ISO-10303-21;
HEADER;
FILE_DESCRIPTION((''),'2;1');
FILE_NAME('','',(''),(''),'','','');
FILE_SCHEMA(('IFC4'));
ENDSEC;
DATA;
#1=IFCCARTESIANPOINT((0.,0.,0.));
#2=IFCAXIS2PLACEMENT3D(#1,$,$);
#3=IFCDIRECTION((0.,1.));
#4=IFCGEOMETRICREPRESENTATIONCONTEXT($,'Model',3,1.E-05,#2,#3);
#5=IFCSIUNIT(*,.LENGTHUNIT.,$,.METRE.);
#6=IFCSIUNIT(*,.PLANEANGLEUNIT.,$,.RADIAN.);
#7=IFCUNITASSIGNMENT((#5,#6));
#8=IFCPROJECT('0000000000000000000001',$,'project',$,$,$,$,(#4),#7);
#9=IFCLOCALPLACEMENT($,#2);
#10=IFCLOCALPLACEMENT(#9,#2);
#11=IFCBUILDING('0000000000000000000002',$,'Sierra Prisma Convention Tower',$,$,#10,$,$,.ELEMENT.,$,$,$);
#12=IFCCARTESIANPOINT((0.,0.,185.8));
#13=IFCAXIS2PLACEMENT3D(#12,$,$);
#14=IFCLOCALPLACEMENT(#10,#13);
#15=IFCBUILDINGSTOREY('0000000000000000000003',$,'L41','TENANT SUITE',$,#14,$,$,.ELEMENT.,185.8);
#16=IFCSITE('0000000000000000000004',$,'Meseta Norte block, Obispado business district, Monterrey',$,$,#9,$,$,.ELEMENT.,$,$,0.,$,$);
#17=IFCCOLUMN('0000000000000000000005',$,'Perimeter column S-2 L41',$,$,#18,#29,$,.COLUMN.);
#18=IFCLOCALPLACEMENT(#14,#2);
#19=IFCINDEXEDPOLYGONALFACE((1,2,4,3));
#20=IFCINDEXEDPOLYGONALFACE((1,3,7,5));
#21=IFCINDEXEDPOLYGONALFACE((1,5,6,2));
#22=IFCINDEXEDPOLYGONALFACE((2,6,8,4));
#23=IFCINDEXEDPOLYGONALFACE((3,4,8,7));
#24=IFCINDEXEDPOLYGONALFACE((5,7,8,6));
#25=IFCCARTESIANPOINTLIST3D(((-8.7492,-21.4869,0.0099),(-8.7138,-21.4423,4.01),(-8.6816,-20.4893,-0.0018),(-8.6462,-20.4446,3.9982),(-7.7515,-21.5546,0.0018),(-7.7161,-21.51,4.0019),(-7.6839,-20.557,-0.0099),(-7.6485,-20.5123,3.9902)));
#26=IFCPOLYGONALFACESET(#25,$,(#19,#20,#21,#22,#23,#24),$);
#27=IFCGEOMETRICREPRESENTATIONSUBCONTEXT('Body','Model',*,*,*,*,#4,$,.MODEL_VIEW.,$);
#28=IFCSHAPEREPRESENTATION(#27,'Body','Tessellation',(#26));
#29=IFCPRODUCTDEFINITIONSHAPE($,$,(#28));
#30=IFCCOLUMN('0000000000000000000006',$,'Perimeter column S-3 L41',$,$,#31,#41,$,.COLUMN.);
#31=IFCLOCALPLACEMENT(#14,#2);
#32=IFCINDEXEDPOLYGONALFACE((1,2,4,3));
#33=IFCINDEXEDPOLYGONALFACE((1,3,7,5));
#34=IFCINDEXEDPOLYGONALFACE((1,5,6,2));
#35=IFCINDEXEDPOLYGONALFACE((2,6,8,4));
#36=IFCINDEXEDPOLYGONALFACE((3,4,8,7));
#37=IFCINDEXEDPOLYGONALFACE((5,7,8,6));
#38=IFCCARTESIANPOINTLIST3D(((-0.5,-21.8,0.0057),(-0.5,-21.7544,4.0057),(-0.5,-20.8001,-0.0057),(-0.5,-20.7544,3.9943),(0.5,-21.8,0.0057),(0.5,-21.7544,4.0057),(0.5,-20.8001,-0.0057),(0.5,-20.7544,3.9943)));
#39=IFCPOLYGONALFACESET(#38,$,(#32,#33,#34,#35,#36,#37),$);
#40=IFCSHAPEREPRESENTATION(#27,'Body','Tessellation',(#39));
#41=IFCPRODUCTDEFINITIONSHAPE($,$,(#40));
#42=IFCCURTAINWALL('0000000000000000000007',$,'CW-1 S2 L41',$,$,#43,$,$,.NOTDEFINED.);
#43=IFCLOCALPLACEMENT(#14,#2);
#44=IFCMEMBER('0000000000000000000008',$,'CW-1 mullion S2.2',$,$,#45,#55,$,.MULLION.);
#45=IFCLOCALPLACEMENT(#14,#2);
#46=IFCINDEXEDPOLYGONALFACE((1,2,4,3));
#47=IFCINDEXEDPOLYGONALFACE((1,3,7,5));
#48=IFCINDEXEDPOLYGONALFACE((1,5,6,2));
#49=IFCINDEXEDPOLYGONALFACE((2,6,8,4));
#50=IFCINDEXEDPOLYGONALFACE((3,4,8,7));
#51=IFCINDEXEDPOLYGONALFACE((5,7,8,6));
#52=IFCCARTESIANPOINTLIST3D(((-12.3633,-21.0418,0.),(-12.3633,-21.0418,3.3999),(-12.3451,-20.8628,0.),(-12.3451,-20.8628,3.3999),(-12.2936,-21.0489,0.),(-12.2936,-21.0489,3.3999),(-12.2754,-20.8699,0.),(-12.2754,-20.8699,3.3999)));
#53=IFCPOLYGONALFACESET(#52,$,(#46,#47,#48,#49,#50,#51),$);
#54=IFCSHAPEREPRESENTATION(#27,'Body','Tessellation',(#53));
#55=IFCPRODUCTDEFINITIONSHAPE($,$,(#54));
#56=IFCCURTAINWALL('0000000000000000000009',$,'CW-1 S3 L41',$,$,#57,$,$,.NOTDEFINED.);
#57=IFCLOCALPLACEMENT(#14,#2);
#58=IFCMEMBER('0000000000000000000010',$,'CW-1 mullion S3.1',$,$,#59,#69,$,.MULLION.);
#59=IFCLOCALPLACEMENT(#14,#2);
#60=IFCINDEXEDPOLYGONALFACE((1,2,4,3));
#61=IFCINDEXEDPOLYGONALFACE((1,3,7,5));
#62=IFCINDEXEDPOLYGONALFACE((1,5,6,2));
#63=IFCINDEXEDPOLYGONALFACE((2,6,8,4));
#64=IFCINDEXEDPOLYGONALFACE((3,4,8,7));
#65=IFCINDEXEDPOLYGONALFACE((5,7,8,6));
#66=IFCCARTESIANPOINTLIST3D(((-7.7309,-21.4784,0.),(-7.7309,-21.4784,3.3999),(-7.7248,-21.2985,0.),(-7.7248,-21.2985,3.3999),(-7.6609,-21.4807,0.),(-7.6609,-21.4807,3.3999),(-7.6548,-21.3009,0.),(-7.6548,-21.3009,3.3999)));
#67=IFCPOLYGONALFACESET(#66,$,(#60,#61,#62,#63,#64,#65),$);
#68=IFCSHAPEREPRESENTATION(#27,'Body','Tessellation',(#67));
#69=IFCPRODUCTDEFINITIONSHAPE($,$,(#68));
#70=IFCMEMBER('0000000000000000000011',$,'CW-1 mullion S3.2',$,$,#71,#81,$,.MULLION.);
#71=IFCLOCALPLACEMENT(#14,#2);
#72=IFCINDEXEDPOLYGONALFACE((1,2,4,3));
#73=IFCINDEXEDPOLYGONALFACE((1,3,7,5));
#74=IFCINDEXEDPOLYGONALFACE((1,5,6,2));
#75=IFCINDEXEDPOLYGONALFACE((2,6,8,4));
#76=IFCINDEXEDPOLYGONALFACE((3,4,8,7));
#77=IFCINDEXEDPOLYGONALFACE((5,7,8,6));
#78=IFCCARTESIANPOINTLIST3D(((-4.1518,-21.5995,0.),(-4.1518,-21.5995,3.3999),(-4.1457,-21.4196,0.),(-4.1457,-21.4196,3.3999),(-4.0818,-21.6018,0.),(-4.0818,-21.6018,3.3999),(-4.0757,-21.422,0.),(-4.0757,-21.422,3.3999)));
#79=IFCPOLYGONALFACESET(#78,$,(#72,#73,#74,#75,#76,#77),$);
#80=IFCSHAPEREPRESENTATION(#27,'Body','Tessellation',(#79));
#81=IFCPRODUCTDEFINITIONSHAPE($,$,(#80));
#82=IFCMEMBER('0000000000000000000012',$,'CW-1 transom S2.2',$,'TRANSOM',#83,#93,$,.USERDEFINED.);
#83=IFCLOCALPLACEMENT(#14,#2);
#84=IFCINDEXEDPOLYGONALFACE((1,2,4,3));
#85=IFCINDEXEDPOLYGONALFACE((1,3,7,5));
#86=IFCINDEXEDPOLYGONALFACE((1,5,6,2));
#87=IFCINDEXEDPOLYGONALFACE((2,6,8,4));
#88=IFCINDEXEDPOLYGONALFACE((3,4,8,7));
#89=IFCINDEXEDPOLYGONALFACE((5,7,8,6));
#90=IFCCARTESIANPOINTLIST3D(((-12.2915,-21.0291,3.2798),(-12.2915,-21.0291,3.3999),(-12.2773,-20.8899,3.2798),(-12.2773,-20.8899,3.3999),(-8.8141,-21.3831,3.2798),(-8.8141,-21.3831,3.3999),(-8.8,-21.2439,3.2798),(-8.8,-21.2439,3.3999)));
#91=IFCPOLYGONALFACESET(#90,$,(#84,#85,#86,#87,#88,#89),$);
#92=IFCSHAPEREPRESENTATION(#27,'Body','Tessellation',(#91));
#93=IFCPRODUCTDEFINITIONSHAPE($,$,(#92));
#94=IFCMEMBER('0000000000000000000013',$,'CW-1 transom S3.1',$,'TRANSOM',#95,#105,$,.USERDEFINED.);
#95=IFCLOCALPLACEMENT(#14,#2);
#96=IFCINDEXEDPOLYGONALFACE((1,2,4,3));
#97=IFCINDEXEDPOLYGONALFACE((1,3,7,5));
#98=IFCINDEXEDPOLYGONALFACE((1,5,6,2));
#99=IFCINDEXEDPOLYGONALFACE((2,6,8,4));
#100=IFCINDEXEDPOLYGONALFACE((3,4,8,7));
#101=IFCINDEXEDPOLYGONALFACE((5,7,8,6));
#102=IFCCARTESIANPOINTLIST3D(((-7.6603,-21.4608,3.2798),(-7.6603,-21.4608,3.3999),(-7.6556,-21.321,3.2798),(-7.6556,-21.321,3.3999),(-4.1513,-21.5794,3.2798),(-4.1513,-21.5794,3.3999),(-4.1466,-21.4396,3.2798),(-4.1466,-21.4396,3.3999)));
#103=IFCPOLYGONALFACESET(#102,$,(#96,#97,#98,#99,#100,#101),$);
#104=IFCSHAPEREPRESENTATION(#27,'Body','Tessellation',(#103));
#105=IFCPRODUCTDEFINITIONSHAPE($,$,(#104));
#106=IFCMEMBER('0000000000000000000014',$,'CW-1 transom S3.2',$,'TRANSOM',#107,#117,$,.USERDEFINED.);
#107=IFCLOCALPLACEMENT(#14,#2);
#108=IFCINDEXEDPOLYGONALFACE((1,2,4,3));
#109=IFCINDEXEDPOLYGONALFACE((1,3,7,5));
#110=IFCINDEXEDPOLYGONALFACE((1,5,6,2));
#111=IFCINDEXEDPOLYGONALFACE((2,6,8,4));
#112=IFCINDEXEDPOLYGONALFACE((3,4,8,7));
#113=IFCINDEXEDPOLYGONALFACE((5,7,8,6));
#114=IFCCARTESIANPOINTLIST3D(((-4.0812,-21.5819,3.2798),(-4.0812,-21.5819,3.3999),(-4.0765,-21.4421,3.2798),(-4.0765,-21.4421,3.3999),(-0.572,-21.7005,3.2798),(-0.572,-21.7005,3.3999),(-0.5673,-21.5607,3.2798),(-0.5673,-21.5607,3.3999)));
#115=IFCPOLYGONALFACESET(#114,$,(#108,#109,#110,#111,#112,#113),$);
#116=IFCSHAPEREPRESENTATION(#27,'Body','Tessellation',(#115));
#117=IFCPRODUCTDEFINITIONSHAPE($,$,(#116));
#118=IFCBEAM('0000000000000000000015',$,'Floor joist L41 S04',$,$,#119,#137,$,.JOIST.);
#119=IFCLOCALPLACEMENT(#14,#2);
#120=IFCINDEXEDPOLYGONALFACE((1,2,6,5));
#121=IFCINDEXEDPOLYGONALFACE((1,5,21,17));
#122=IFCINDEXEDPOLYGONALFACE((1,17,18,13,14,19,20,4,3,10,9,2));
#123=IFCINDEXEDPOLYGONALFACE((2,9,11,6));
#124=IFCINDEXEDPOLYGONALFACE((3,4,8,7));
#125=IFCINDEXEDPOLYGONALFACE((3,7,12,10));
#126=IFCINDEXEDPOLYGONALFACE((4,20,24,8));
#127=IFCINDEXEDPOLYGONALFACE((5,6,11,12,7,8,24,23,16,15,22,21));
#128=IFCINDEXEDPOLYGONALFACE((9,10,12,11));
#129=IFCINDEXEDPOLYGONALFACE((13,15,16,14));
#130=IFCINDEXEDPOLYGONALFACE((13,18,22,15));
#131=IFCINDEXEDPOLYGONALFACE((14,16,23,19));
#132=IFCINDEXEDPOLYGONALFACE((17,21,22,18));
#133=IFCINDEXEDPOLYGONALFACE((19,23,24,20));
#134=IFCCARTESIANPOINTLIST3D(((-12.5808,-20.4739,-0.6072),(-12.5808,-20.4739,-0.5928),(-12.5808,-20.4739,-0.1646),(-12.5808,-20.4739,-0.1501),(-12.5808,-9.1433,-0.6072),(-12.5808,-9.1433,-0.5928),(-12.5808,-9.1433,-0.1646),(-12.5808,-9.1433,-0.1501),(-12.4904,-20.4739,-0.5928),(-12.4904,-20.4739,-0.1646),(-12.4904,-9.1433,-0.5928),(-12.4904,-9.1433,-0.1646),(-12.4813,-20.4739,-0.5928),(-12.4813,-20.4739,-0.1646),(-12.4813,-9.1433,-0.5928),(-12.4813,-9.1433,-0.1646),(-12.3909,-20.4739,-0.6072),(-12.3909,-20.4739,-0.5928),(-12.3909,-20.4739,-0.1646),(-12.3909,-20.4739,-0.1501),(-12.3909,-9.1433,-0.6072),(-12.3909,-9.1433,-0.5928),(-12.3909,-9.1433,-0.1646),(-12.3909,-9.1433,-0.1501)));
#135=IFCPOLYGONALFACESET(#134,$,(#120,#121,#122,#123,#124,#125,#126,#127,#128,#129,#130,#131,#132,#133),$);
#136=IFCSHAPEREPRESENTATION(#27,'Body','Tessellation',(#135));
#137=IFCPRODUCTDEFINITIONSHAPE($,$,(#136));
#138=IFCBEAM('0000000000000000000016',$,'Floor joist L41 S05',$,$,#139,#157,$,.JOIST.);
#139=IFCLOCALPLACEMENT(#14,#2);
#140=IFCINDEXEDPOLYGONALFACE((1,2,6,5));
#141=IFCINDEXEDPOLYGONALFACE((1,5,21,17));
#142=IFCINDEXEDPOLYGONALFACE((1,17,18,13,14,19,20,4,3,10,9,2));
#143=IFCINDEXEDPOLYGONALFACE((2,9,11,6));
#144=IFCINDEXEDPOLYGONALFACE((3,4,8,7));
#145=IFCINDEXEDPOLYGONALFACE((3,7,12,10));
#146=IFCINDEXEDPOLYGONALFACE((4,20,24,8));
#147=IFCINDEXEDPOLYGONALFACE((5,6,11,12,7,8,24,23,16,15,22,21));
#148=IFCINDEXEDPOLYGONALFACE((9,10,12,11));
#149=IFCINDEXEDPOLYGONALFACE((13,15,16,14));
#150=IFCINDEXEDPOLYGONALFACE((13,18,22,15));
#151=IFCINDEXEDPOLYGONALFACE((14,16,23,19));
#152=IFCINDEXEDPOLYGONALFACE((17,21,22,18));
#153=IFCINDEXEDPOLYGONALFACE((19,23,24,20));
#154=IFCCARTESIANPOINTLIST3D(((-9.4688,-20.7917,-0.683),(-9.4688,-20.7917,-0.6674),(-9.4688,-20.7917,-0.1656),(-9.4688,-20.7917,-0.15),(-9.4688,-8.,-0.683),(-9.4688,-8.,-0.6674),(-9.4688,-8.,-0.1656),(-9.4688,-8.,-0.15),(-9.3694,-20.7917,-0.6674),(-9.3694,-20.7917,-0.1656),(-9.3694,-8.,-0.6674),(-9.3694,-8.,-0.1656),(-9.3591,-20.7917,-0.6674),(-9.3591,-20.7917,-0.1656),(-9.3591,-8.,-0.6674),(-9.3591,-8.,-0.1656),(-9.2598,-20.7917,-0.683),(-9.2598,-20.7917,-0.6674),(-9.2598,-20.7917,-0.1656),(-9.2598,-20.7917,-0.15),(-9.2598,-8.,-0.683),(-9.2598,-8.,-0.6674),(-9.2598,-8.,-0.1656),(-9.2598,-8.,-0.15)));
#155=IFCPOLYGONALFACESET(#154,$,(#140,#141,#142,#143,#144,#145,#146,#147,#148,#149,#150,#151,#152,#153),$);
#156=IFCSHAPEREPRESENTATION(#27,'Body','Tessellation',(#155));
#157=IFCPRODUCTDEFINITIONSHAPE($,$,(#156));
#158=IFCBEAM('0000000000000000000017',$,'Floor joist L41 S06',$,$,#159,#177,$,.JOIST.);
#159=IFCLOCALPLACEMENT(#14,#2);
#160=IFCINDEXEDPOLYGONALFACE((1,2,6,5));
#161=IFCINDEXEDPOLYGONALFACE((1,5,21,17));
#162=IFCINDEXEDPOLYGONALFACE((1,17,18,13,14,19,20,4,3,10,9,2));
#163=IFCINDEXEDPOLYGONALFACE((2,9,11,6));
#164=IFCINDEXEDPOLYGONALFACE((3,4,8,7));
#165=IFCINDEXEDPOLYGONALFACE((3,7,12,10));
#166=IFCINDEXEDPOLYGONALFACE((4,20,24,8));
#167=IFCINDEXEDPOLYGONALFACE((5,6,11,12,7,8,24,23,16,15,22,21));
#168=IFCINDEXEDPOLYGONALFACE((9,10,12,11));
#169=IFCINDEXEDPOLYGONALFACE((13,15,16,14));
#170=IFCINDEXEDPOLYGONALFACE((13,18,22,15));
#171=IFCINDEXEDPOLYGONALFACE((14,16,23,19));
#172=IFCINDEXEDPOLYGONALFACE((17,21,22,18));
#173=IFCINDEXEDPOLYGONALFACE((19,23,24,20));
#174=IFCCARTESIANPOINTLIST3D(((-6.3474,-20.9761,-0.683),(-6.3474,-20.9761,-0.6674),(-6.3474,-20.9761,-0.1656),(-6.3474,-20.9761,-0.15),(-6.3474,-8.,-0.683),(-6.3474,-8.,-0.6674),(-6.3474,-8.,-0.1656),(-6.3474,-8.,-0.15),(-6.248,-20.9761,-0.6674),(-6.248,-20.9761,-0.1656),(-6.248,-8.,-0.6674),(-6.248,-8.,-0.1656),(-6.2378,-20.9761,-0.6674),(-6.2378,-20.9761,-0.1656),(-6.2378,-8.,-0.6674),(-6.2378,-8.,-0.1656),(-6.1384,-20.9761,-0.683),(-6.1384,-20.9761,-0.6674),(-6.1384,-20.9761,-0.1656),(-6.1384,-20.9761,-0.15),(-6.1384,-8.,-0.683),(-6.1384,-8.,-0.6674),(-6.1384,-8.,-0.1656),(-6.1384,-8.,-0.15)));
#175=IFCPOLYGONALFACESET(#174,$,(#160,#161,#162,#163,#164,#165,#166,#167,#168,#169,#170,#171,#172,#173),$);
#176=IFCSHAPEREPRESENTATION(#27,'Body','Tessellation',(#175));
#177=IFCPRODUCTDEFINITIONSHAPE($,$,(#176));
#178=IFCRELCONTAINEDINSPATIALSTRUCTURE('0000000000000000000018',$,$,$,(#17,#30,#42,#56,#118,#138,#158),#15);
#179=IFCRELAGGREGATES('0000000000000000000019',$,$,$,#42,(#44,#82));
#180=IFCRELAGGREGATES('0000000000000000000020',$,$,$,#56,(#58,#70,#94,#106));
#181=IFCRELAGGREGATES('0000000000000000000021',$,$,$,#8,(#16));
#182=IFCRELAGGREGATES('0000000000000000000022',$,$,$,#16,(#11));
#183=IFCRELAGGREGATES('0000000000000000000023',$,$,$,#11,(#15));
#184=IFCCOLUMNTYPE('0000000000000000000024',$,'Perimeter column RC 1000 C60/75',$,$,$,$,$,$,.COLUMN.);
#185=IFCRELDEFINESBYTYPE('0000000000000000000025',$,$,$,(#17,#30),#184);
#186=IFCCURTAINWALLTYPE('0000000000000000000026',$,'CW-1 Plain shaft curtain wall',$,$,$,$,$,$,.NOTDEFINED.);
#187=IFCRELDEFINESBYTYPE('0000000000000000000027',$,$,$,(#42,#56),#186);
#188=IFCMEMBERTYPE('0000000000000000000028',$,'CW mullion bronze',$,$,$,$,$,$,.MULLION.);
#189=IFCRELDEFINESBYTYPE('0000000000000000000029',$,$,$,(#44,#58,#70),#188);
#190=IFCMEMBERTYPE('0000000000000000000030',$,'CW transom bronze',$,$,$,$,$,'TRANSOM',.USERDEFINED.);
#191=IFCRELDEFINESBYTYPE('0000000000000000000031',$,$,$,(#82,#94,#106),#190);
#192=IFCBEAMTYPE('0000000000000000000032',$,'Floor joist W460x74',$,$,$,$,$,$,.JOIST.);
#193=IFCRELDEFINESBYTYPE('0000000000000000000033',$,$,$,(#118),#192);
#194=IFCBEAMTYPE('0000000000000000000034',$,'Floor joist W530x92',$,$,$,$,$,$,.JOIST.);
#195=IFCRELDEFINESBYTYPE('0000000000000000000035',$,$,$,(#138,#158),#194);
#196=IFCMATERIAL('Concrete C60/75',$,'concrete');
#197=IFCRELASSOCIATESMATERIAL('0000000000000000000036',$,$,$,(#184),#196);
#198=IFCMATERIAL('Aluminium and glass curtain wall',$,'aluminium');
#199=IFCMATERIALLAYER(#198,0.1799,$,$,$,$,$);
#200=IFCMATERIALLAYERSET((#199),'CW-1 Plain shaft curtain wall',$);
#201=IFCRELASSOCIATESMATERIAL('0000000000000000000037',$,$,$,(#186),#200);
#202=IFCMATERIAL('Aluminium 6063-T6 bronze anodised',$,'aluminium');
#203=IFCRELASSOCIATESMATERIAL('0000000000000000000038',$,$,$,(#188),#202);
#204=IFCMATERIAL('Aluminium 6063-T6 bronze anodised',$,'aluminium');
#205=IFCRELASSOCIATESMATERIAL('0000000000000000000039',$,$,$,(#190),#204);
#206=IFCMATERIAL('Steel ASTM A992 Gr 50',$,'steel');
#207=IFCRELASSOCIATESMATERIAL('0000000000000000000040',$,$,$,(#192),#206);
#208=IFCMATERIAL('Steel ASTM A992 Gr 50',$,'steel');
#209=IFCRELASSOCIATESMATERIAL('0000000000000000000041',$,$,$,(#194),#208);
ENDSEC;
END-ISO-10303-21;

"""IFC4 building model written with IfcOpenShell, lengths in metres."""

from ifc_helpers import new_model, si_unit, direction, frame, origin, origin_2d, place, context, subcontext, project, spatial, rectangle, i_section, extrude, material, layer, layer_set, material_profile, profile_set, type_object, element, aggregate, save


model = new_model("IFC4")

# Units and contexts
model_context = context("Model", 3, precision=1e-05, world=origin(), true_north=direction((0.0, 1.0)))
body_context = subcontext(model_context, "Body", "Model", "MODEL_VIEW")
ifc_project = project(units=[si_unit("LENGTHUNIT", "METRE"), si_unit("PLANEANGLEUNIT", "RADIAN")], contexts=[model_context])

# Site, building, storey
site_placement = place(None, origin())
site = spatial("IfcSite", under=ifc_project, at=site_placement, Name="Meseta Norte block, Obispado business district, Monterrey", CompositionType="ELEMENT", RefElevation=0.0)
building_placement = place(site_placement, origin())
building = spatial("IfcBuilding", under=site, at=building_placement, Name="Sierra Prisma Convention Tower", CompositionType="ELEMENT")
storey_placement = place(building_placement, frame((0.0, 0.0, 185.8)))
storey = spatial("IfcBuildingStorey", under=building, at=storey_placement, Name="L41", Description="TENANT SUITE", CompositionType="ELEMENT", Elevation=185.8)

# Columns
ifc_material_1 = material(Name="Concrete C60/75", Category="concrete")
ifc_material_profile_1 = material_profile(ifc_material_1, rectangle(XDim=1.0, YDim=1.0, at=origin_2d()), Name="Perimeter column RC 1000 C60/75")
ifc_profile_set_1 = profile_set([ifc_material_profile_1], Name="Concrete C60/75")
column_type = type_object("IfcColumnType", Name="Perimeter column RC 1000 C60/75", PredefinedType="COLUMN", material=ifc_profile_set_1)
column_1_placement = place(storey_placement, frame((-8.2166, -21.022, 0.0), z_axis=(0.008849, 0.011168, 0.999898), x_axis=(-0.997674, 0.06769, 0.008073)))
element("IfcColumn", 1, at=column_1_placement, inside=storey, type_object=column_type, Name="Perimeter column S-2 L41", PredefinedType="COLUMN", context=body_context, shape_type="SweptSolid", body=[
    extrude(rectangle(XDim=1.0, YDim=1.0, at=origin_2d()), origin(), (0.0, 0.0, 1.0), 4.0005),
])
column_2_placement = place(storey_placement, frame((0.0, -21.3, 0.0), z_axis=(0.0, 0.011413, 0.999935), x_axis=(1.0, 0.0, 0.0)))
element("IfcColumn", 2, at=column_2_placement, inside=storey, type_object=column_type, Name="Perimeter column S-3 L41", PredefinedType="COLUMN", context=body_context, shape_type="SweptSolid", body=[
    extrude(rectangle(XDim=1.0, YDim=1.0, at=origin_2d()), origin(), (0.0, 0.0, 1.0), 4.0002),
])

# Curtain wall, member
ifc_material_2 = material(Name="Aluminium and glass curtain wall", Category="aluminium")
ifc_layer_1 = layer(ifc_material_2, 0.1799)
ifc_layer_set_1 = layer_set([ifc_layer_1], Name="CW-1 Plain shaft curtain wall")
curtain_wall_type = type_object("IfcCurtainWallType", Name="CW-1 Plain shaft curtain wall", PredefinedType="NOTDEFINED", material=ifc_layer_set_1)
curtain_wall_1_placement = place(storey_placement, origin())
curtain_wall_1 = element("IfcCurtainWall", 3, at=curtain_wall_1_placement, inside=storey, type_object=curtain_wall_type, Name="CW-1 S2 L41", PredefinedType="NOTDEFINED")
ifc_material_3 = material(Name="Aluminium 6063-T6 bronze anodised", Category="aluminium")
ifc_material_profile_2 = material_profile(ifc_material_3, rectangle(XDim=0.1799, YDim=0.0701, at=origin_2d()), Name="ALU MULLION 70x180")
ifc_profile_set_2 = profile_set([ifc_material_profile_2], Name="Aluminium 6063-T6 bronze anodised")
member_type_1 = type_object("IfcMemberType", Name="CW mullion bronze", PredefinedType="MULLION", material=ifc_profile_set_2)
member_1_placement = place(storey_placement, frame((-12.3193, -20.9558, 0.0), z_axis=(0.0, 0.0, 1.0), x_axis=(0.101297, 0.994856, 0.0)))
member_1 = element("IfcMember", 4, at=member_1_placement, type_object=member_type_1, Name="CW-1 mullion S2.2", PredefinedType="MULLION", context=body_context, shape_type="SweptSolid", body=[
    extrude(rectangle(XDim=0.1799, YDim=0.0701, at=origin_2d()), origin(), (0.0, 0.0, 1.0), 3.3999),
])

# Curtain wall, members
curtain_wall_2_placement = place(storey_placement, origin())
curtain_wall_2 = element("IfcCurtainWall", 5, at=curtain_wall_2_placement, inside=storey, type_object=curtain_wall_type, Name="CW-1 S3 L41", PredefinedType="NOTDEFINED")
member_2_placement = place(storey_placement, frame((-7.6929, -21.3896, 0.0), z_axis=(0.0, 0.0, 1.0), x_axis=(0.033817, 0.999428, 0.0)))
member_2 = element("IfcMember", 6, at=member_2_placement, type_object=member_type_1, Name="CW-1 mullion S3.1", PredefinedType="MULLION", context=body_context, shape_type="SweptSolid", body=[
    extrude(rectangle(XDim=0.1799, YDim=0.0701, at=origin_2d()), origin(), (0.0, 0.0, 1.0), 3.3999),
])
member_3_placement = place(storey_placement, frame((-4.1138, -21.5107, 0.0), z_axis=(0.0, 0.0, 1.0), x_axis=(0.033817, 0.999428, 0.0)))
member_3 = element("IfcMember", 7, at=member_3_placement, type_object=member_type_1, Name="CW-1 mullion S3.2", PredefinedType="MULLION", context=body_context, shape_type="SweptSolid", body=[
    extrude(rectangle(XDim=0.1799, YDim=0.0701, at=origin_2d()), origin(), (0.0, 0.0, 1.0), 3.3999),
])

# Members
ifc_material_4 = material(Name="Aluminium 6063-T6 bronze anodised", Category="aluminium")
ifc_material_profile_3 = material_profile(ifc_material_4, rectangle(XDim=0.1399, YDim=0.1201, at=origin_2d()), Name="ALU TRANSOM 120x140")
ifc_profile_set_3 = profile_set([ifc_material_profile_3], Name="Aluminium 6063-T6 bronze anodised")
member_type_2 = type_object("IfcMemberType", Name="CW transom bronze", ElementType="TRANSOM", PredefinedType="USERDEFINED", material=ifc_profile_set_3)
member_4_placement = place(storey_placement, frame((-12.2844, -20.9595, 3.3398), z_axis=(0.994858, -0.101281, 0.0), x_axis=(0.101281, 0.994858, 0.0)))
member_4 = element("IfcMember", 8, at=member_4_placement, type_object=member_type_2, Name="CW-1 transom S2.2", ObjectType="TRANSOM", PredefinedType="USERDEFINED", context=body_context, shape_type="SweptSolid", body=[
    extrude(rectangle(XDim=0.1399, YDim=0.1201, at=origin_2d()), origin(), (0.0, 0.0, 1.0), 3.4954),
])
member_5_placement = place(storey_placement, frame((-7.658, -21.3909, 3.3398), z_axis=(0.999429, -0.033794, 0.0), x_axis=(0.033794, 0.999429, 0.0)))
member_5 = element("IfcMember", 9, at=member_5_placement, type_object=member_type_2, Name="CW-1 transom S3.1", ObjectType="TRANSOM", PredefinedType="USERDEFINED", context=body_context, shape_type="SweptSolid", body=[
    extrude(rectangle(XDim=0.1399, YDim=0.1201, at=origin_2d()), origin(), (0.0, 0.0, 1.0), 3.511),
])
member_6_placement = place(storey_placement, frame((-4.0789, -21.512, 3.3398), z_axis=(0.999429, -0.033792, 0.0), x_axis=(0.033792, 0.999429, 0.0)))
member_6 = element("IfcMember", 10, at=member_6_placement, type_object=member_type_2, Name="CW-1 transom S3.2", ObjectType="TRANSOM", PredefinedType="USERDEFINED", context=body_context, shape_type="SweptSolid", body=[
    extrude(rectangle(XDim=0.1399, YDim=0.1201, at=origin_2d()), origin(), (0.0, 0.0, 1.0), 3.5112),
])

# Beams
ifc_material_5 = material(Name="Steel ASTM A992 Gr 50", Category="steel")
ifc_material_profile_4 = material_profile(ifc_material_5, i_section(OverallWidth=0.1899, OverallDepth=0.457, WebThickness=0.009, FlangeThickness=0.0144, at=origin_2d()), Name="W460x74")
ifc_profile_set_4 = profile_set([ifc_material_profile_4], Name="Steel ASTM A992 Gr 50")
beam_type_1 = type_object("IfcBeamType", Name="Floor joist W460x74", PredefinedType="JOIST", material=ifc_profile_set_4)
beam_1_placement = place(storey_placement, frame((-12.4858, -20.4739, -0.3787), z_axis=(0.0, 1.0, 0.0), x_axis=(-1.0, 0.0, 0.0)))
element("IfcBeam", 11, at=beam_1_placement, inside=storey, type_object=beam_type_1, Name="Floor joist L41 S04", PredefinedType="JOIST", context=body_context, shape_type="SweptSolid", body=[
    extrude(i_section(OverallWidth=0.1899, OverallDepth=0.457, WebThickness=0.009, FlangeThickness=0.0144, at=origin_2d()), origin(), (0.0, 0.0, 1.0), 11.3306),
])
ifc_material_6 = material(Name="Steel ASTM A992 Gr 50", Category="steel")
ifc_material_profile_5 = material_profile(ifc_material_6, i_section(OverallWidth=0.209, OverallDepth=0.533, WebThickness=0.0103, FlangeThickness=0.0156, at=origin_2d()), Name="W530x92")
ifc_profile_set_5 = profile_set([ifc_material_profile_5], Name="Steel ASTM A992 Gr 50")
beam_type_2 = type_object("IfcBeamType", Name="Floor joist W530x92", PredefinedType="JOIST", material=ifc_profile_set_5)
beam_2_placement = place(storey_placement, frame((-9.3643, -20.7917, -0.4165), z_axis=(0.0, 1.0, 0.0), x_axis=(-1.0, 0.0, 0.0)))
element("IfcBeam", 12, at=beam_2_placement, inside=storey, type_object=beam_type_2, Name="Floor joist L41 S05", PredefinedType="JOIST", context=body_context, shape_type="SweptSolid", body=[
    extrude(i_section(OverallWidth=0.209, OverallDepth=0.533, WebThickness=0.0103, FlangeThickness=0.0156, at=origin_2d()), origin(), (0.0, 0.0, 1.0), 12.7917),
])
beam_3_placement = place(storey_placement, frame((-6.2429, -20.9761, -0.4165), z_axis=(0.0, 1.0, 0.0), x_axis=(-1.0, 0.0, 0.0)))
element("IfcBeam", 13, at=beam_3_placement, inside=storey, type_object=beam_type_2, Name="Floor joist L41 S06", PredefinedType="JOIST", context=body_context, shape_type="SweptSolid", body=[
    extrude(i_section(OverallWidth=0.209, OverallDepth=0.533, WebThickness=0.0103, FlangeThickness=0.0156, at=origin_2d()), origin(), (0.0, 0.0, 1.0), 12.9761),
])

aggregate(curtain_wall_1, [member_1, member_4])
aggregate(curtain_wall_2, [member_2, member_3, member_5, member_6])

save(model, "model.ifc")
